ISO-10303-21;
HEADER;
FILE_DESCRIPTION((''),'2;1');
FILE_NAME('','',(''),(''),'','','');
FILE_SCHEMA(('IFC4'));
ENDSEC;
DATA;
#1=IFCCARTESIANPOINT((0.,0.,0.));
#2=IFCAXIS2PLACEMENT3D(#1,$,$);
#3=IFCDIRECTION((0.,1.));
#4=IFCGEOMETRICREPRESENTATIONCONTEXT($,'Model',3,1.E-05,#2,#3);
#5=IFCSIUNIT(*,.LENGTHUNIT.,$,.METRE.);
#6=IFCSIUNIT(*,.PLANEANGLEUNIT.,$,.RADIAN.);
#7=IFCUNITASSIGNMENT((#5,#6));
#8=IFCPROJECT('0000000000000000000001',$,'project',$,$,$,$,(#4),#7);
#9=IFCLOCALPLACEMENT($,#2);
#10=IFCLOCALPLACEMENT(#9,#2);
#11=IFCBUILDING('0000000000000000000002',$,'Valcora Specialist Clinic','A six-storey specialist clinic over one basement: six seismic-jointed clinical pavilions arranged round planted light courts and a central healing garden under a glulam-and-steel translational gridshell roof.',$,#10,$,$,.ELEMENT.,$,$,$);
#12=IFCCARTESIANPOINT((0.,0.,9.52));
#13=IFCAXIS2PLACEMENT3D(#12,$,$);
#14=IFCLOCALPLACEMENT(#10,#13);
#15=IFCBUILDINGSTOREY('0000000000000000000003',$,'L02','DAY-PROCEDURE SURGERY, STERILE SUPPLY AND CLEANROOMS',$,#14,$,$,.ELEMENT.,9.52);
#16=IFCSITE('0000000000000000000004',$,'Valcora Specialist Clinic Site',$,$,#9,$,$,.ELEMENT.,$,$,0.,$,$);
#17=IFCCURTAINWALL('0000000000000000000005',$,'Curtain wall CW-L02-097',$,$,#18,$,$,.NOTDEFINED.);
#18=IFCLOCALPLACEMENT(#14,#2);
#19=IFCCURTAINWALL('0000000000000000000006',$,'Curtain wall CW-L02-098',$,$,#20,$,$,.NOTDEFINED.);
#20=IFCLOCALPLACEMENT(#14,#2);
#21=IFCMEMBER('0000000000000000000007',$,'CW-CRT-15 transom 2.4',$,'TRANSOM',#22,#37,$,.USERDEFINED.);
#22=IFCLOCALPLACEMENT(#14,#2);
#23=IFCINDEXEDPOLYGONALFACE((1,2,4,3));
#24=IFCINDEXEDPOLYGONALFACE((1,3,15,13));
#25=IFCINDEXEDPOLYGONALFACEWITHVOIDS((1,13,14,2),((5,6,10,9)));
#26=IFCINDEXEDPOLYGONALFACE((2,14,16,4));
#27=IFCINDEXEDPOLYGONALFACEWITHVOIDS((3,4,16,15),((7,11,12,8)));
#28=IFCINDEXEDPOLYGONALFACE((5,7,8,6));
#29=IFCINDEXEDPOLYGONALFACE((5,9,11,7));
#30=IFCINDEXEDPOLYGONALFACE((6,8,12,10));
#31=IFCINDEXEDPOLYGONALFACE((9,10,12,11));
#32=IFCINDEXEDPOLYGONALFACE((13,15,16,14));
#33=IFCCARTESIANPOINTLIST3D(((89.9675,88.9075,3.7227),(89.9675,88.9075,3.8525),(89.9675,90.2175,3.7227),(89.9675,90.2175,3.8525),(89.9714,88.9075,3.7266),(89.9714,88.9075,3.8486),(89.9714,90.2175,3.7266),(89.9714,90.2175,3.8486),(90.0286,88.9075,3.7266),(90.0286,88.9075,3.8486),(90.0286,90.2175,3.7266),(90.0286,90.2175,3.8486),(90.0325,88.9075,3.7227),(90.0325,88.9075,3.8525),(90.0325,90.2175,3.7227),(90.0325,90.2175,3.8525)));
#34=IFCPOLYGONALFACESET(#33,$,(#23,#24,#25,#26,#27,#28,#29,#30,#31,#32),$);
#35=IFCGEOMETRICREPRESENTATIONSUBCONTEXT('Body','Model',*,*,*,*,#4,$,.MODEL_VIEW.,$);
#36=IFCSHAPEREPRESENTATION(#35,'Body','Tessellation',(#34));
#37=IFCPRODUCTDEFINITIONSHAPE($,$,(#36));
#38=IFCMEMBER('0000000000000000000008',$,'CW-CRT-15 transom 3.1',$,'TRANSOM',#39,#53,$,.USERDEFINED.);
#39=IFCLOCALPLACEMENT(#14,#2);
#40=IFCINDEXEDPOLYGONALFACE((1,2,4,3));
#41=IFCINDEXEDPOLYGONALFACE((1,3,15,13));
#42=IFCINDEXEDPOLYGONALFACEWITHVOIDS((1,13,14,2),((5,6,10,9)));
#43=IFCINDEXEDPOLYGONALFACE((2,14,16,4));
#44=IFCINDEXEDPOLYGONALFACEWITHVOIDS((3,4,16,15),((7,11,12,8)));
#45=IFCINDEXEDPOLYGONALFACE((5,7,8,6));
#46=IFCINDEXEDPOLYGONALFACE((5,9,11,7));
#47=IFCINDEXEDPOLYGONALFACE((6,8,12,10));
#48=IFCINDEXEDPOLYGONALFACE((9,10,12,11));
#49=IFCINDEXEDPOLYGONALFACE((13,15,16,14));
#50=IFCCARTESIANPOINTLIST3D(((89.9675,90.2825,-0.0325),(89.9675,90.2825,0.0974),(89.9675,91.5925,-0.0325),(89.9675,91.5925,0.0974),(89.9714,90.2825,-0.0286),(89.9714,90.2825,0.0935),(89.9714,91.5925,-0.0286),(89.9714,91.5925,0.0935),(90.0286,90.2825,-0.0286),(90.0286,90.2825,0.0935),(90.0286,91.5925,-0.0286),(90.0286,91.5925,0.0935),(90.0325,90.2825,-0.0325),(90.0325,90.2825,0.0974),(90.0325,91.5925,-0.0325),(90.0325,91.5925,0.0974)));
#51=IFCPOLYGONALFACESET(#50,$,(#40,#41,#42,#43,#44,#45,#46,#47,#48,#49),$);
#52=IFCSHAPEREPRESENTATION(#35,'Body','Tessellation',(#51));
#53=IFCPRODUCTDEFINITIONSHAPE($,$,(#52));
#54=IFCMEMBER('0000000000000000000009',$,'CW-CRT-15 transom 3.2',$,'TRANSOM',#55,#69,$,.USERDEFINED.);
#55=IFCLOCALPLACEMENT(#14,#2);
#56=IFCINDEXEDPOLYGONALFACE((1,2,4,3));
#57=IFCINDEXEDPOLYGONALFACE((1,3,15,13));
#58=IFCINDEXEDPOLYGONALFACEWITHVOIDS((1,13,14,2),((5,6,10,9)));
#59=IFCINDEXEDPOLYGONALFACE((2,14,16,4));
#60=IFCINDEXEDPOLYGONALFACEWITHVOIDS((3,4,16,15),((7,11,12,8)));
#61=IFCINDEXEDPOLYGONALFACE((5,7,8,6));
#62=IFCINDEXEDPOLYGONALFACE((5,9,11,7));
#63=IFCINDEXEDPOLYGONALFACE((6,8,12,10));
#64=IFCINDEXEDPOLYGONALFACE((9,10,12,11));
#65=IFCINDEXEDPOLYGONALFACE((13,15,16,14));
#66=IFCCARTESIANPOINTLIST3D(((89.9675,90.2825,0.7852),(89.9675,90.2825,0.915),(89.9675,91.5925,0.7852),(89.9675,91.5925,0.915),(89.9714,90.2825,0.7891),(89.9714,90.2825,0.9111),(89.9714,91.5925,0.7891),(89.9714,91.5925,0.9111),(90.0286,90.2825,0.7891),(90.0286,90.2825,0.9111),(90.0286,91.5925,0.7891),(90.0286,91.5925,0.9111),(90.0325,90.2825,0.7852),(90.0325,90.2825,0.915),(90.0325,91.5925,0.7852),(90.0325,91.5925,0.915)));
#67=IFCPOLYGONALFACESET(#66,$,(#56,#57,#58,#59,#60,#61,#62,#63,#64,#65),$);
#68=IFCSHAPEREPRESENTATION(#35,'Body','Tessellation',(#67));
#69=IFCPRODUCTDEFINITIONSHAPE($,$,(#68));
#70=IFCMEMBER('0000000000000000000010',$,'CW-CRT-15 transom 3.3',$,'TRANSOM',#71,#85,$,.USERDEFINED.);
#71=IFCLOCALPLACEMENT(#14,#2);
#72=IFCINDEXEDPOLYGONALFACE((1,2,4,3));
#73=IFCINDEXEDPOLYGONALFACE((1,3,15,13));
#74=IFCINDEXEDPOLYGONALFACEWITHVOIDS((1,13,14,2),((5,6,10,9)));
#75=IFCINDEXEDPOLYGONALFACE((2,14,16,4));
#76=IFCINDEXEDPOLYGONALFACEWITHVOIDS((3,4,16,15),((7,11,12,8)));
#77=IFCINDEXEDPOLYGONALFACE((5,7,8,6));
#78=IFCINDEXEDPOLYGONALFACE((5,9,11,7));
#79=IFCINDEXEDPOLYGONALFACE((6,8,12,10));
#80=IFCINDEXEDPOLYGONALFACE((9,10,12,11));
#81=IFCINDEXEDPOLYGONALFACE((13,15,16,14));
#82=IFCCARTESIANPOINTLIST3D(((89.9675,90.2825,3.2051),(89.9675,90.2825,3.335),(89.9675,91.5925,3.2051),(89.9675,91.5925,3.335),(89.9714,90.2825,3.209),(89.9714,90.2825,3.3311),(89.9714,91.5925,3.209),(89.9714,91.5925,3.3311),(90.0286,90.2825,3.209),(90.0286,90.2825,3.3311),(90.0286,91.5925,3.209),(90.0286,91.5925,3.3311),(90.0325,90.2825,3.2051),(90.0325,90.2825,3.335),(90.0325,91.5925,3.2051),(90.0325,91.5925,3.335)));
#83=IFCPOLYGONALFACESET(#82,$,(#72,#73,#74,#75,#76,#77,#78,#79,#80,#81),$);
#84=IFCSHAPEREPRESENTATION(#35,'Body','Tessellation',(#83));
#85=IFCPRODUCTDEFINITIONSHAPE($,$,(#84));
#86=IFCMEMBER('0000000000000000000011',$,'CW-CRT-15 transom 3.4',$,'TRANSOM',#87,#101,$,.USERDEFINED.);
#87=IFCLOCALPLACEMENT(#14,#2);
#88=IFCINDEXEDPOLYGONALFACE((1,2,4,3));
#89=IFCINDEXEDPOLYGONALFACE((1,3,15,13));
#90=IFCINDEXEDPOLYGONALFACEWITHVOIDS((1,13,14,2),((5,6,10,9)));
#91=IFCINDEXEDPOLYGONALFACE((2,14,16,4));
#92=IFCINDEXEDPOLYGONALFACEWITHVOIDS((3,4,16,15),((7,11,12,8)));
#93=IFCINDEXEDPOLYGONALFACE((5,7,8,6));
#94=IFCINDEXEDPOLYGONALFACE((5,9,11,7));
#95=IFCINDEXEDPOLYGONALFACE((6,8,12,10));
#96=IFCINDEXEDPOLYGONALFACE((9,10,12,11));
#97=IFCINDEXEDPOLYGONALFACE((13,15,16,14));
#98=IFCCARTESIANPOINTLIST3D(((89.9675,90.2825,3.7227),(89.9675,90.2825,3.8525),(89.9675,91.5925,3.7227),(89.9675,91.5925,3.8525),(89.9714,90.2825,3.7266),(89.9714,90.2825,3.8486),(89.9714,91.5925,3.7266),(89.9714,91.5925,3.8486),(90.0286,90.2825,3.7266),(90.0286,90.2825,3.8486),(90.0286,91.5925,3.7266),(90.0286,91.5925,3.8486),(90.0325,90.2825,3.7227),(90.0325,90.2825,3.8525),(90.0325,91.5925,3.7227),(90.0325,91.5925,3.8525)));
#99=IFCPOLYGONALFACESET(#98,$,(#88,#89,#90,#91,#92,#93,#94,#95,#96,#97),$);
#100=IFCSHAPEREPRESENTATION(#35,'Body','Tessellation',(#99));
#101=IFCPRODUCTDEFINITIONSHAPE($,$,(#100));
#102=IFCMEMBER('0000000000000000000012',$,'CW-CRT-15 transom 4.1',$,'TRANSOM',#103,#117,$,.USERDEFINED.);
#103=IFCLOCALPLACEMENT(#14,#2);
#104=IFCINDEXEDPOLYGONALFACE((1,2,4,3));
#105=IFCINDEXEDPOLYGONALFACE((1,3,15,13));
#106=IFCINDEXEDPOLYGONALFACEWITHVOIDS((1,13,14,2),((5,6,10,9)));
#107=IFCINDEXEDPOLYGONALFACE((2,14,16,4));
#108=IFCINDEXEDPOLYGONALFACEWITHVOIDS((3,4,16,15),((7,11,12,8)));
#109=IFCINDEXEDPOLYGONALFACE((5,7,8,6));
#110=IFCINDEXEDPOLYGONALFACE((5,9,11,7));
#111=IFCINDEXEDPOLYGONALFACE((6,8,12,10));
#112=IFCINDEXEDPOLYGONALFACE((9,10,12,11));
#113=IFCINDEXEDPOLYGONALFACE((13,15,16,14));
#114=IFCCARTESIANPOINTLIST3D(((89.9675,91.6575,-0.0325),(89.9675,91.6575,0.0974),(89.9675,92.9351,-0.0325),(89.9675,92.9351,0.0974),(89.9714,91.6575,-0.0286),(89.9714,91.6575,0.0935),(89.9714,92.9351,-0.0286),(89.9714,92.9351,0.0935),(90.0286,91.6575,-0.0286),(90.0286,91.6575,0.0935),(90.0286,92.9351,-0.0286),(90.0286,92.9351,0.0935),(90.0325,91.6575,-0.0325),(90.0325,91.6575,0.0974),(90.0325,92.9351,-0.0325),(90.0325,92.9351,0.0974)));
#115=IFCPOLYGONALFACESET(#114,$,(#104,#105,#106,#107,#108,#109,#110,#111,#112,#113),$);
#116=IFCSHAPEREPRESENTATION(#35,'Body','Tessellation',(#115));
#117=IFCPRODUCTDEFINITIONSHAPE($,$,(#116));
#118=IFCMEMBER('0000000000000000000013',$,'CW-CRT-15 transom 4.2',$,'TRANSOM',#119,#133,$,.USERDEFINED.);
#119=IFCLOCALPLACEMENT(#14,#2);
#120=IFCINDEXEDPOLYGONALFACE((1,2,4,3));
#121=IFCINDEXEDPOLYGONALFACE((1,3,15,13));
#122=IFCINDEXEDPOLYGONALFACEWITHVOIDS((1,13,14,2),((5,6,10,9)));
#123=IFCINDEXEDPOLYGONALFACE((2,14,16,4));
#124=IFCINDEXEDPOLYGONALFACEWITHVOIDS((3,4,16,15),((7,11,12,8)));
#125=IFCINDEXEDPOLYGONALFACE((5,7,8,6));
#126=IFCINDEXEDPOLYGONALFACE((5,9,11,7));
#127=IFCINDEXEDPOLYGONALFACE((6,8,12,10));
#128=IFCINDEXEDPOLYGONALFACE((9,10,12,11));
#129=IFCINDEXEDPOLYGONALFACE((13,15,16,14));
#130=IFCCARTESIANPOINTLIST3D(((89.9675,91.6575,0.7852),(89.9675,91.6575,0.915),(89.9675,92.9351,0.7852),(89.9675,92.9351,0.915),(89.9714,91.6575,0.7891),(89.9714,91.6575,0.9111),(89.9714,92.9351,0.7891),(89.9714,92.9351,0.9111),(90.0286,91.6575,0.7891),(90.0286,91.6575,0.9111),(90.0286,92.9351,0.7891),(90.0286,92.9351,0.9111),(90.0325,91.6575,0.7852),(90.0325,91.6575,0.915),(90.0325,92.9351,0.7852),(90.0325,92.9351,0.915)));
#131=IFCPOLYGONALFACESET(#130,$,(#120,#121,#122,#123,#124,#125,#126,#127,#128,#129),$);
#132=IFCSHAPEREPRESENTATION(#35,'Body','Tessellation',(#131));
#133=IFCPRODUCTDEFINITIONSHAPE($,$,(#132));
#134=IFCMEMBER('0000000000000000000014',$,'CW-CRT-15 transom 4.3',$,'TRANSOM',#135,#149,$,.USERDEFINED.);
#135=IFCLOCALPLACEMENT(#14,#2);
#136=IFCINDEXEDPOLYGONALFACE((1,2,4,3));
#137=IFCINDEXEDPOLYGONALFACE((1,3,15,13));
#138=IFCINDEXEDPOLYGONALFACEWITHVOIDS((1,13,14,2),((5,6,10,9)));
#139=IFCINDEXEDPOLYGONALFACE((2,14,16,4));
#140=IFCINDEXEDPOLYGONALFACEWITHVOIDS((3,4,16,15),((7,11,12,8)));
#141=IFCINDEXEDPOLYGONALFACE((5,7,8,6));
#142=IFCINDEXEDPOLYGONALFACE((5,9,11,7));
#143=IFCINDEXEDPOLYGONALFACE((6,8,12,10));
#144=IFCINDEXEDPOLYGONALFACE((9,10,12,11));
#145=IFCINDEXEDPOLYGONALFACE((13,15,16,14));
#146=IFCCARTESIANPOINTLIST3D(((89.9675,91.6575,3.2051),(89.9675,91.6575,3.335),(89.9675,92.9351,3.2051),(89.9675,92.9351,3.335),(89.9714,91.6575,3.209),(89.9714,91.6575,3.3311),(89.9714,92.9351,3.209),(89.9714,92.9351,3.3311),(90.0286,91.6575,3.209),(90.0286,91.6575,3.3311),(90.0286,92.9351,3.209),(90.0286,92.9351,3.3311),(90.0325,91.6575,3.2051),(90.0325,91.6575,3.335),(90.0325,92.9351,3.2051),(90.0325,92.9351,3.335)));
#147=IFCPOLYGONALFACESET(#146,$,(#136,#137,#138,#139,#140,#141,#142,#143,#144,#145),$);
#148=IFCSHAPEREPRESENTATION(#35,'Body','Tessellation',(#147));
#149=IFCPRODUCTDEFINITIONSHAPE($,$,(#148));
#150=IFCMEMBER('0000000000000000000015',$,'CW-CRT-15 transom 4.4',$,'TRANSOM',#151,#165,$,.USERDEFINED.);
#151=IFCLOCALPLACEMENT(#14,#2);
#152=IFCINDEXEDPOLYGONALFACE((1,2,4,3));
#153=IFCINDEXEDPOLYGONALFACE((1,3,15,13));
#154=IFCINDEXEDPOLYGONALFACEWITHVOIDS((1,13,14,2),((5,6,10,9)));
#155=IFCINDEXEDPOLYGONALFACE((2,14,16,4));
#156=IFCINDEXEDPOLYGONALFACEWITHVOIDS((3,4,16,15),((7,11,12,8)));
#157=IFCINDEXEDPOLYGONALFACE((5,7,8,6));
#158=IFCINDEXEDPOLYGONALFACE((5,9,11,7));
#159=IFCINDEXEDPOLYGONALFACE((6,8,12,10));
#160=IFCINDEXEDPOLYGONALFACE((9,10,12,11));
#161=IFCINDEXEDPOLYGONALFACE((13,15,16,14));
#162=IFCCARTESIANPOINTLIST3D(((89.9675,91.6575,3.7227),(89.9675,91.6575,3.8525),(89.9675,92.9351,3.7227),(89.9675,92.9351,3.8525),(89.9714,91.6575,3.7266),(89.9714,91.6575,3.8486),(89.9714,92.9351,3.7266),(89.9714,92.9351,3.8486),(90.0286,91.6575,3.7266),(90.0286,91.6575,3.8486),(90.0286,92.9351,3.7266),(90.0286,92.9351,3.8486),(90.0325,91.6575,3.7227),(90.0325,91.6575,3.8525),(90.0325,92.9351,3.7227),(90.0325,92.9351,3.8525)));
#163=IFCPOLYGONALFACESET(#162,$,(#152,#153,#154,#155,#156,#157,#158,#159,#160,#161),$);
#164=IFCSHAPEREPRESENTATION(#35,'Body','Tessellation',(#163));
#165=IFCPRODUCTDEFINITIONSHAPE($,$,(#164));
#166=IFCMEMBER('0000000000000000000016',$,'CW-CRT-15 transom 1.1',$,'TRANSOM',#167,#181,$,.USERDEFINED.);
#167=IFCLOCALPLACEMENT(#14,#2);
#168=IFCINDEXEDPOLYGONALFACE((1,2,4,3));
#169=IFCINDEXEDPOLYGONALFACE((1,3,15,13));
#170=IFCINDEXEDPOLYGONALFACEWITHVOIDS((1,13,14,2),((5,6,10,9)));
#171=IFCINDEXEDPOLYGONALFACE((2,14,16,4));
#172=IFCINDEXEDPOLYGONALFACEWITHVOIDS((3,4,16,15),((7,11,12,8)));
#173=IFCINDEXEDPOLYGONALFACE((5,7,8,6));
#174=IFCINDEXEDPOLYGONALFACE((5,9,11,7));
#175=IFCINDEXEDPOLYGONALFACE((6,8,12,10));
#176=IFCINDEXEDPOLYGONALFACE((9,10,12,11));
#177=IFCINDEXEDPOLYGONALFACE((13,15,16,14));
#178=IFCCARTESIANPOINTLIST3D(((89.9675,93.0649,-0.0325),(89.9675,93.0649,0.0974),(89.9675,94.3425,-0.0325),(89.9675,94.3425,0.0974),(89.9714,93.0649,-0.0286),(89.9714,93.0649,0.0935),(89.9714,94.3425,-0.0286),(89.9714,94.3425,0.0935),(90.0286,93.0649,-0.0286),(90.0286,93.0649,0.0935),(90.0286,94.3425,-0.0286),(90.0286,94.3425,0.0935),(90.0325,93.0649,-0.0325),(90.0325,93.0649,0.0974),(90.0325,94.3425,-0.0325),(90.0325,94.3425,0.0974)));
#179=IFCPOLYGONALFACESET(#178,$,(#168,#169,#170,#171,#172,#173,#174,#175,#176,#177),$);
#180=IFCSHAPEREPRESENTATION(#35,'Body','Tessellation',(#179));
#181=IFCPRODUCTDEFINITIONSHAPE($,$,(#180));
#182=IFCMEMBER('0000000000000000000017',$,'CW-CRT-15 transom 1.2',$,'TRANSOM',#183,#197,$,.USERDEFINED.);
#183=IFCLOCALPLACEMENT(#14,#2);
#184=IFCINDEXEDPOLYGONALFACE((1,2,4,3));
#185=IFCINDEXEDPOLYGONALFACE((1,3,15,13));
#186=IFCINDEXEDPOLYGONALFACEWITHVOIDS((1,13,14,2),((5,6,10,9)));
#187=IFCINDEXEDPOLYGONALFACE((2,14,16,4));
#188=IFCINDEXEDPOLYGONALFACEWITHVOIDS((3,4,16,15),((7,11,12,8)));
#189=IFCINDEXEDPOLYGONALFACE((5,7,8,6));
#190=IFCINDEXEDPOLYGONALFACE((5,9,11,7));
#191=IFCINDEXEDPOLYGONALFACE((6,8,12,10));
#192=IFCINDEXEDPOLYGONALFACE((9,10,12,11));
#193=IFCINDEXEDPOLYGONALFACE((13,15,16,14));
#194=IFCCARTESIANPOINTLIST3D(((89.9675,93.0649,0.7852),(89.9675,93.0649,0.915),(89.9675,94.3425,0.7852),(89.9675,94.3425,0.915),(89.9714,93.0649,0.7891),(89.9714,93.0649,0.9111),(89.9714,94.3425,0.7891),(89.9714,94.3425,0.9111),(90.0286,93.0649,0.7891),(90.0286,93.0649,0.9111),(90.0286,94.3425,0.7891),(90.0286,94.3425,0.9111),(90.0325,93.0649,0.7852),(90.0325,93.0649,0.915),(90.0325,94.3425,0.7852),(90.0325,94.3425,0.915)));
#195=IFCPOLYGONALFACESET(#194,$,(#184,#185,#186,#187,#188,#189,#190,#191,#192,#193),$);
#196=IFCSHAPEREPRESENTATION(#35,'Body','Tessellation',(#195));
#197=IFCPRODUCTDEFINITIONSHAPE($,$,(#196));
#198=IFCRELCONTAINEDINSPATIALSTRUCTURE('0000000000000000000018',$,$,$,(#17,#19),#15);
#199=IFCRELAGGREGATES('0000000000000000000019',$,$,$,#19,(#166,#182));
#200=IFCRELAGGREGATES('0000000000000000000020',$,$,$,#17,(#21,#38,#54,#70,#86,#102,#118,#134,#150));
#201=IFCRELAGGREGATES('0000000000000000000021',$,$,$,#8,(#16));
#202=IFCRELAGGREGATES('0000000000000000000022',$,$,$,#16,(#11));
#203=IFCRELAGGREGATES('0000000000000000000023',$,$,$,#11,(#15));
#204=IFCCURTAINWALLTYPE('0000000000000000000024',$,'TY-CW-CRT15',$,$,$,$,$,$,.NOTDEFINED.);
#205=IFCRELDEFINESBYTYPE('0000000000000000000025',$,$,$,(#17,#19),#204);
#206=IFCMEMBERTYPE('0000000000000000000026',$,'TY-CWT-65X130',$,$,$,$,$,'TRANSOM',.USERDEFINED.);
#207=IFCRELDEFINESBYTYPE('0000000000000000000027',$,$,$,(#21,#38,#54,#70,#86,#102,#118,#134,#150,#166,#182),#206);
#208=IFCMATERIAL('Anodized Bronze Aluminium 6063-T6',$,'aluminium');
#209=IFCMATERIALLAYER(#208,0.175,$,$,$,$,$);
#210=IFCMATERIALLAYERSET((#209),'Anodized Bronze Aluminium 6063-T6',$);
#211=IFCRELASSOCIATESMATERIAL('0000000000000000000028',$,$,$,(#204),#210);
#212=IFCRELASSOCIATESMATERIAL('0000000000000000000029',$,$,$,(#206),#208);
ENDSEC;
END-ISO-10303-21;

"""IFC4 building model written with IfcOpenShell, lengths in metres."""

from ifc_helpers import new_model, si_unit, direction, frame, origin, origin_2d, place, context, subcontext, project, spatial, hollow_rectangle, extrude, material, layer, layer_set, material_profile, profile_set, type_object, element, aggregate, save


model = new_model("IFC4")

# Units and contexts
model_context = context("Model", 3, precision=1e-05, world=origin(), true_north=direction((0.0, 1.0)))
body_context = subcontext(model_context, "Body", "Model", "MODEL_VIEW")
ifc_project = project(units=[si_unit("LENGTHUNIT", "METRE"), si_unit("PLANEANGLEUNIT", "RADIAN")], contexts=[model_context])

# Site, building, storey
site_placement = place(None, origin())
site = spatial("IfcSite", under=ifc_project, at=site_placement, Name="Valcora Specialist Clinic Site", CompositionType="ELEMENT", RefElevation=0.0)
building_placement = place(site_placement, origin())
building = spatial("IfcBuilding", under=site, at=building_placement, Name="Valcora Specialist Clinic", Description="A six-storey specialist clinic over one basement: six seismic-jointed clinical pavilions arranged round planted light courts and a central healing garden under a glulam-and-steel translational gridshell roof.", CompositionType="ELEMENT")
storey_placement = place(building_placement, frame((0.0, 0.0, 9.52)))
storey = spatial("IfcBuildingStorey", under=building, at=storey_placement, Name="L02", Description="DAY-PROCEDURE SURGERY, STERILE SUPPLY AND CLEANROOMS", CompositionType="ELEMENT", Elevation=9.52)

# Curtain wall
ifc_material_1 = material(Name="Anodized Bronze Aluminium 6063-T6", Category="aluminium")
ifc_layer_1 = layer(ifc_material_1, 0.175)
ifc_layer_set_1 = layer_set([ifc_layer_1], Name="Anodized Bronze Aluminium 6063-T6")
curtain_wall_type = type_object("IfcCurtainWallType", Name="TY-CW-CRT15", PredefinedType="NOTDEFINED", material=ifc_layer_set_1)
curtain_wall_1_placement = place(storey_placement, origin())
curtain_wall_1 = element("IfcCurtainWall", 1, at=curtain_wall_1_placement, inside=storey, type_object=curtain_wall_type, Name="Curtain wall CW-L02-097", PredefinedType="NOTDEFINED")

# Curtain wall
curtain_wall_2_placement = place(storey_placement, origin())
curtain_wall_2 = element("IfcCurtainWall", 2, at=curtain_wall_2_placement, inside=storey, type_object=curtain_wall_type, Name="Curtain wall CW-L02-098", PredefinedType="NOTDEFINED")

# Members
ifc_material_profile_1 = material_profile(ifc_material_1, hollow_rectangle(XDim=0.0649, YDim=0.1299, WallThickness=0.0039, at=origin_2d()), Name="AL-TRN-65X130")
ifc_profile_set_1 = profile_set([ifc_material_profile_1], Name="Anodized Bronze Aluminium 6063-T6")
member_type_1 = type_object("IfcMemberType", Name="TY-CWT-65X130", ElementType="TRANSOM", PredefinedType="USERDEFINED", material=ifc_profile_set_1)
member_1_placement = place(storey_placement, frame((90.0, 88.9075, 3.7876), z_axis=(0.0, 1.0, 0.0), x_axis=(-1.0, 0.0, 0.0)))
member_1 = element("IfcMember", 3, at=member_1_placement, type_object=member_type_1, Name="CW-CRT-15 transom 2.4", ObjectType="TRANSOM", PredefinedType="USERDEFINED", context=body_context, shape_type="SweptSolid", body=[
    extrude(hollow_rectangle(XDim=0.0649, YDim=0.1299, WallThickness=0.0039, at=origin_2d()), origin(), (0.0, 0.0, 1.0), 1.3101),
])
member_2_placement = place(storey_placement, frame((90.0, 90.2825, 0.0325), z_axis=(0.0, 1.0, 0.0), x_axis=(-1.0, 0.0, 0.0)))
member_2 = element("IfcMember", 4, at=member_2_placement, type_object=member_type_1, Name="CW-CRT-15 transom 3.1", ObjectType="TRANSOM", PredefinedType="USERDEFINED", context=body_context, shape_type="SweptSolid", body=[
    extrude(hollow_rectangle(XDim=0.0649, YDim=0.1299, WallThickness=0.0039, at=origin_2d()), origin(), (0.0, 0.0, 1.0), 1.3101),
])
member_3_placement = place(storey_placement, frame((90.0, 90.2825, 0.8501), z_axis=(0.0, 1.0, 0.0), x_axis=(-1.0, 0.0, 0.0)))
member_3 = element("IfcMember", 5, at=member_3_placement, type_object=member_type_1, Name="CW-CRT-15 transom 3.2", ObjectType="TRANSOM", PredefinedType="USERDEFINED", context=body_context, shape_type="SweptSolid", body=[
    extrude(hollow_rectangle(XDim=0.0649, YDim=0.1299, WallThickness=0.0039, at=origin_2d()), origin(), (0.0, 0.0, 1.0), 1.3101),
])
member_4_placement = place(storey_placement, frame((90.0, 90.2825, 3.27), z_axis=(0.0, 1.0, 0.0), x_axis=(-1.0, 0.0, 0.0)))
member_4 = element("IfcMember", 6, at=member_4_placement, type_object=member_type_1, Name="CW-CRT-15 transom 3.3", ObjectType="TRANSOM", PredefinedType="USERDEFINED", context=body_context, shape_type="SweptSolid", body=[
    extrude(hollow_rectangle(XDim=0.0649, YDim=0.1299, WallThickness=0.0039, at=origin_2d()), origin(), (0.0, 0.0, 1.0), 1.3101),
])
member_5_placement = place(storey_placement, frame((90.0, 90.2825, 3.7876), z_axis=(0.0, 1.0, 0.0), x_axis=(-1.0, 0.0, 0.0)))
member_5 = element("IfcMember", 7, at=member_5_placement, type_object=member_type_1, Name="CW-CRT-15 transom 3.4", ObjectType="TRANSOM", PredefinedType="USERDEFINED", context=body_context, shape_type="SweptSolid", body=[
    extrude(hollow_rectangle(XDim=0.0649, YDim=0.1299, WallThickness=0.0039, at=origin_2d()), origin(), (0.0, 0.0, 1.0), 1.3101),
])
member_6_placement = place(storey_placement, frame((90.0, 91.6575, 0.0325), z_axis=(0.0, 1.0, 0.0), x_axis=(-1.0, 0.0, 0.0)))
member_6 = element("IfcMember", 8, at=member_6_placement, type_object=member_type_1, Name="CW-CRT-15 transom 4.1", ObjectType="TRANSOM", PredefinedType="USERDEFINED", context=body_context, shape_type="SweptSolid", body=[
    extrude(hollow_rectangle(XDim=0.0649, YDim=0.1299, WallThickness=0.0039, at=origin_2d()), origin(), (0.0, 0.0, 1.0), 1.2776),
])
member_7_placement = place(storey_placement, frame((90.0, 91.6575, 0.8501), z_axis=(0.0, 1.0, 0.0), x_axis=(-1.0, 0.0, 0.0)))
member_7 = element("IfcMember", 9, at=member_7_placement, type_object=member_type_1, Name="CW-CRT-15 transom 4.2", ObjectType="TRANSOM", PredefinedType="USERDEFINED", context=body_context, shape_type="SweptSolid", body=[
    extrude(hollow_rectangle(XDim=0.0649, YDim=0.1299, WallThickness=0.0039, at=origin_2d()), origin(), (0.0, 0.0, 1.0), 1.2776),
])
member_8_placement = place(storey_placement, frame((90.0, 91.6575, 3.27), z_axis=(0.0, 1.0, 0.0), x_axis=(-1.0, 0.0, 0.0)))
member_8 = element("IfcMember", 10, at=member_8_placement, type_object=member_type_1, Name="CW-CRT-15 transom 4.3", ObjectType="TRANSOM", PredefinedType="USERDEFINED", context=body_context, shape_type="SweptSolid", body=[
    extrude(hollow_rectangle(XDim=0.0649, YDim=0.1299, WallThickness=0.0039, at=origin_2d()), origin(), (0.0, 0.0, 1.0), 1.2776),
])
member_9_placement = place(storey_placement, frame((90.0, 91.6575, 3.7876), z_axis=(0.0, 1.0, 0.0), x_axis=(-1.0, 0.0, 0.0)))
member_9 = element("IfcMember", 11, at=member_9_placement, type_object=member_type_1, Name="CW-CRT-15 transom 4.4", ObjectType="TRANSOM", PredefinedType="USERDEFINED", context=body_context, shape_type="SweptSolid", body=[
    extrude(hollow_rectangle(XDim=0.0649, YDim=0.1299, WallThickness=0.0039, at=origin_2d()), origin(), (0.0, 0.0, 1.0), 1.2776),
])
member_10_placement = place(storey_placement, frame((90.0, 93.0649, 0.0325), z_axis=(0.0, 1.0, 0.0), x_axis=(-1.0, 0.0, 0.0)))
member_10 = element("IfcMember", 12, at=member_10_placement, type_object=member_type_1, Name="CW-CRT-15 transom 1.1", ObjectType="TRANSOM", PredefinedType="USERDEFINED", context=body_context, shape_type="SweptSolid", body=[
    extrude(hollow_rectangle(XDim=0.0649, YDim=0.1299, WallThickness=0.0039, at=origin_2d()), origin(), (0.0, 0.0, 1.0), 1.2776),
])
member_11_placement = place(storey_placement, frame((90.0, 93.0649, 0.8501), z_axis=(0.0, 1.0, 0.0), x_axis=(-1.0, 0.0, 0.0)))
member_11 = element("IfcMember", 13, at=member_11_placement, type_object=member_type_1, Name="CW-CRT-15 transom 1.2", ObjectType="TRANSOM", PredefinedType="USERDEFINED", context=body_context, shape_type="SweptSolid", body=[
    extrude(hollow_rectangle(XDim=0.0649, YDim=0.1299, WallThickness=0.0039, at=origin_2d()), origin(), (0.0, 0.0, 1.0), 1.2776),
])
aggregate(curtain_wall_2, [member_10, member_11])

aggregate(curtain_wall_1, [member_1, member_2, member_3, member_4, member_5, member_6, member_7, member_8, member_9])

save(model, "model.ifc")
